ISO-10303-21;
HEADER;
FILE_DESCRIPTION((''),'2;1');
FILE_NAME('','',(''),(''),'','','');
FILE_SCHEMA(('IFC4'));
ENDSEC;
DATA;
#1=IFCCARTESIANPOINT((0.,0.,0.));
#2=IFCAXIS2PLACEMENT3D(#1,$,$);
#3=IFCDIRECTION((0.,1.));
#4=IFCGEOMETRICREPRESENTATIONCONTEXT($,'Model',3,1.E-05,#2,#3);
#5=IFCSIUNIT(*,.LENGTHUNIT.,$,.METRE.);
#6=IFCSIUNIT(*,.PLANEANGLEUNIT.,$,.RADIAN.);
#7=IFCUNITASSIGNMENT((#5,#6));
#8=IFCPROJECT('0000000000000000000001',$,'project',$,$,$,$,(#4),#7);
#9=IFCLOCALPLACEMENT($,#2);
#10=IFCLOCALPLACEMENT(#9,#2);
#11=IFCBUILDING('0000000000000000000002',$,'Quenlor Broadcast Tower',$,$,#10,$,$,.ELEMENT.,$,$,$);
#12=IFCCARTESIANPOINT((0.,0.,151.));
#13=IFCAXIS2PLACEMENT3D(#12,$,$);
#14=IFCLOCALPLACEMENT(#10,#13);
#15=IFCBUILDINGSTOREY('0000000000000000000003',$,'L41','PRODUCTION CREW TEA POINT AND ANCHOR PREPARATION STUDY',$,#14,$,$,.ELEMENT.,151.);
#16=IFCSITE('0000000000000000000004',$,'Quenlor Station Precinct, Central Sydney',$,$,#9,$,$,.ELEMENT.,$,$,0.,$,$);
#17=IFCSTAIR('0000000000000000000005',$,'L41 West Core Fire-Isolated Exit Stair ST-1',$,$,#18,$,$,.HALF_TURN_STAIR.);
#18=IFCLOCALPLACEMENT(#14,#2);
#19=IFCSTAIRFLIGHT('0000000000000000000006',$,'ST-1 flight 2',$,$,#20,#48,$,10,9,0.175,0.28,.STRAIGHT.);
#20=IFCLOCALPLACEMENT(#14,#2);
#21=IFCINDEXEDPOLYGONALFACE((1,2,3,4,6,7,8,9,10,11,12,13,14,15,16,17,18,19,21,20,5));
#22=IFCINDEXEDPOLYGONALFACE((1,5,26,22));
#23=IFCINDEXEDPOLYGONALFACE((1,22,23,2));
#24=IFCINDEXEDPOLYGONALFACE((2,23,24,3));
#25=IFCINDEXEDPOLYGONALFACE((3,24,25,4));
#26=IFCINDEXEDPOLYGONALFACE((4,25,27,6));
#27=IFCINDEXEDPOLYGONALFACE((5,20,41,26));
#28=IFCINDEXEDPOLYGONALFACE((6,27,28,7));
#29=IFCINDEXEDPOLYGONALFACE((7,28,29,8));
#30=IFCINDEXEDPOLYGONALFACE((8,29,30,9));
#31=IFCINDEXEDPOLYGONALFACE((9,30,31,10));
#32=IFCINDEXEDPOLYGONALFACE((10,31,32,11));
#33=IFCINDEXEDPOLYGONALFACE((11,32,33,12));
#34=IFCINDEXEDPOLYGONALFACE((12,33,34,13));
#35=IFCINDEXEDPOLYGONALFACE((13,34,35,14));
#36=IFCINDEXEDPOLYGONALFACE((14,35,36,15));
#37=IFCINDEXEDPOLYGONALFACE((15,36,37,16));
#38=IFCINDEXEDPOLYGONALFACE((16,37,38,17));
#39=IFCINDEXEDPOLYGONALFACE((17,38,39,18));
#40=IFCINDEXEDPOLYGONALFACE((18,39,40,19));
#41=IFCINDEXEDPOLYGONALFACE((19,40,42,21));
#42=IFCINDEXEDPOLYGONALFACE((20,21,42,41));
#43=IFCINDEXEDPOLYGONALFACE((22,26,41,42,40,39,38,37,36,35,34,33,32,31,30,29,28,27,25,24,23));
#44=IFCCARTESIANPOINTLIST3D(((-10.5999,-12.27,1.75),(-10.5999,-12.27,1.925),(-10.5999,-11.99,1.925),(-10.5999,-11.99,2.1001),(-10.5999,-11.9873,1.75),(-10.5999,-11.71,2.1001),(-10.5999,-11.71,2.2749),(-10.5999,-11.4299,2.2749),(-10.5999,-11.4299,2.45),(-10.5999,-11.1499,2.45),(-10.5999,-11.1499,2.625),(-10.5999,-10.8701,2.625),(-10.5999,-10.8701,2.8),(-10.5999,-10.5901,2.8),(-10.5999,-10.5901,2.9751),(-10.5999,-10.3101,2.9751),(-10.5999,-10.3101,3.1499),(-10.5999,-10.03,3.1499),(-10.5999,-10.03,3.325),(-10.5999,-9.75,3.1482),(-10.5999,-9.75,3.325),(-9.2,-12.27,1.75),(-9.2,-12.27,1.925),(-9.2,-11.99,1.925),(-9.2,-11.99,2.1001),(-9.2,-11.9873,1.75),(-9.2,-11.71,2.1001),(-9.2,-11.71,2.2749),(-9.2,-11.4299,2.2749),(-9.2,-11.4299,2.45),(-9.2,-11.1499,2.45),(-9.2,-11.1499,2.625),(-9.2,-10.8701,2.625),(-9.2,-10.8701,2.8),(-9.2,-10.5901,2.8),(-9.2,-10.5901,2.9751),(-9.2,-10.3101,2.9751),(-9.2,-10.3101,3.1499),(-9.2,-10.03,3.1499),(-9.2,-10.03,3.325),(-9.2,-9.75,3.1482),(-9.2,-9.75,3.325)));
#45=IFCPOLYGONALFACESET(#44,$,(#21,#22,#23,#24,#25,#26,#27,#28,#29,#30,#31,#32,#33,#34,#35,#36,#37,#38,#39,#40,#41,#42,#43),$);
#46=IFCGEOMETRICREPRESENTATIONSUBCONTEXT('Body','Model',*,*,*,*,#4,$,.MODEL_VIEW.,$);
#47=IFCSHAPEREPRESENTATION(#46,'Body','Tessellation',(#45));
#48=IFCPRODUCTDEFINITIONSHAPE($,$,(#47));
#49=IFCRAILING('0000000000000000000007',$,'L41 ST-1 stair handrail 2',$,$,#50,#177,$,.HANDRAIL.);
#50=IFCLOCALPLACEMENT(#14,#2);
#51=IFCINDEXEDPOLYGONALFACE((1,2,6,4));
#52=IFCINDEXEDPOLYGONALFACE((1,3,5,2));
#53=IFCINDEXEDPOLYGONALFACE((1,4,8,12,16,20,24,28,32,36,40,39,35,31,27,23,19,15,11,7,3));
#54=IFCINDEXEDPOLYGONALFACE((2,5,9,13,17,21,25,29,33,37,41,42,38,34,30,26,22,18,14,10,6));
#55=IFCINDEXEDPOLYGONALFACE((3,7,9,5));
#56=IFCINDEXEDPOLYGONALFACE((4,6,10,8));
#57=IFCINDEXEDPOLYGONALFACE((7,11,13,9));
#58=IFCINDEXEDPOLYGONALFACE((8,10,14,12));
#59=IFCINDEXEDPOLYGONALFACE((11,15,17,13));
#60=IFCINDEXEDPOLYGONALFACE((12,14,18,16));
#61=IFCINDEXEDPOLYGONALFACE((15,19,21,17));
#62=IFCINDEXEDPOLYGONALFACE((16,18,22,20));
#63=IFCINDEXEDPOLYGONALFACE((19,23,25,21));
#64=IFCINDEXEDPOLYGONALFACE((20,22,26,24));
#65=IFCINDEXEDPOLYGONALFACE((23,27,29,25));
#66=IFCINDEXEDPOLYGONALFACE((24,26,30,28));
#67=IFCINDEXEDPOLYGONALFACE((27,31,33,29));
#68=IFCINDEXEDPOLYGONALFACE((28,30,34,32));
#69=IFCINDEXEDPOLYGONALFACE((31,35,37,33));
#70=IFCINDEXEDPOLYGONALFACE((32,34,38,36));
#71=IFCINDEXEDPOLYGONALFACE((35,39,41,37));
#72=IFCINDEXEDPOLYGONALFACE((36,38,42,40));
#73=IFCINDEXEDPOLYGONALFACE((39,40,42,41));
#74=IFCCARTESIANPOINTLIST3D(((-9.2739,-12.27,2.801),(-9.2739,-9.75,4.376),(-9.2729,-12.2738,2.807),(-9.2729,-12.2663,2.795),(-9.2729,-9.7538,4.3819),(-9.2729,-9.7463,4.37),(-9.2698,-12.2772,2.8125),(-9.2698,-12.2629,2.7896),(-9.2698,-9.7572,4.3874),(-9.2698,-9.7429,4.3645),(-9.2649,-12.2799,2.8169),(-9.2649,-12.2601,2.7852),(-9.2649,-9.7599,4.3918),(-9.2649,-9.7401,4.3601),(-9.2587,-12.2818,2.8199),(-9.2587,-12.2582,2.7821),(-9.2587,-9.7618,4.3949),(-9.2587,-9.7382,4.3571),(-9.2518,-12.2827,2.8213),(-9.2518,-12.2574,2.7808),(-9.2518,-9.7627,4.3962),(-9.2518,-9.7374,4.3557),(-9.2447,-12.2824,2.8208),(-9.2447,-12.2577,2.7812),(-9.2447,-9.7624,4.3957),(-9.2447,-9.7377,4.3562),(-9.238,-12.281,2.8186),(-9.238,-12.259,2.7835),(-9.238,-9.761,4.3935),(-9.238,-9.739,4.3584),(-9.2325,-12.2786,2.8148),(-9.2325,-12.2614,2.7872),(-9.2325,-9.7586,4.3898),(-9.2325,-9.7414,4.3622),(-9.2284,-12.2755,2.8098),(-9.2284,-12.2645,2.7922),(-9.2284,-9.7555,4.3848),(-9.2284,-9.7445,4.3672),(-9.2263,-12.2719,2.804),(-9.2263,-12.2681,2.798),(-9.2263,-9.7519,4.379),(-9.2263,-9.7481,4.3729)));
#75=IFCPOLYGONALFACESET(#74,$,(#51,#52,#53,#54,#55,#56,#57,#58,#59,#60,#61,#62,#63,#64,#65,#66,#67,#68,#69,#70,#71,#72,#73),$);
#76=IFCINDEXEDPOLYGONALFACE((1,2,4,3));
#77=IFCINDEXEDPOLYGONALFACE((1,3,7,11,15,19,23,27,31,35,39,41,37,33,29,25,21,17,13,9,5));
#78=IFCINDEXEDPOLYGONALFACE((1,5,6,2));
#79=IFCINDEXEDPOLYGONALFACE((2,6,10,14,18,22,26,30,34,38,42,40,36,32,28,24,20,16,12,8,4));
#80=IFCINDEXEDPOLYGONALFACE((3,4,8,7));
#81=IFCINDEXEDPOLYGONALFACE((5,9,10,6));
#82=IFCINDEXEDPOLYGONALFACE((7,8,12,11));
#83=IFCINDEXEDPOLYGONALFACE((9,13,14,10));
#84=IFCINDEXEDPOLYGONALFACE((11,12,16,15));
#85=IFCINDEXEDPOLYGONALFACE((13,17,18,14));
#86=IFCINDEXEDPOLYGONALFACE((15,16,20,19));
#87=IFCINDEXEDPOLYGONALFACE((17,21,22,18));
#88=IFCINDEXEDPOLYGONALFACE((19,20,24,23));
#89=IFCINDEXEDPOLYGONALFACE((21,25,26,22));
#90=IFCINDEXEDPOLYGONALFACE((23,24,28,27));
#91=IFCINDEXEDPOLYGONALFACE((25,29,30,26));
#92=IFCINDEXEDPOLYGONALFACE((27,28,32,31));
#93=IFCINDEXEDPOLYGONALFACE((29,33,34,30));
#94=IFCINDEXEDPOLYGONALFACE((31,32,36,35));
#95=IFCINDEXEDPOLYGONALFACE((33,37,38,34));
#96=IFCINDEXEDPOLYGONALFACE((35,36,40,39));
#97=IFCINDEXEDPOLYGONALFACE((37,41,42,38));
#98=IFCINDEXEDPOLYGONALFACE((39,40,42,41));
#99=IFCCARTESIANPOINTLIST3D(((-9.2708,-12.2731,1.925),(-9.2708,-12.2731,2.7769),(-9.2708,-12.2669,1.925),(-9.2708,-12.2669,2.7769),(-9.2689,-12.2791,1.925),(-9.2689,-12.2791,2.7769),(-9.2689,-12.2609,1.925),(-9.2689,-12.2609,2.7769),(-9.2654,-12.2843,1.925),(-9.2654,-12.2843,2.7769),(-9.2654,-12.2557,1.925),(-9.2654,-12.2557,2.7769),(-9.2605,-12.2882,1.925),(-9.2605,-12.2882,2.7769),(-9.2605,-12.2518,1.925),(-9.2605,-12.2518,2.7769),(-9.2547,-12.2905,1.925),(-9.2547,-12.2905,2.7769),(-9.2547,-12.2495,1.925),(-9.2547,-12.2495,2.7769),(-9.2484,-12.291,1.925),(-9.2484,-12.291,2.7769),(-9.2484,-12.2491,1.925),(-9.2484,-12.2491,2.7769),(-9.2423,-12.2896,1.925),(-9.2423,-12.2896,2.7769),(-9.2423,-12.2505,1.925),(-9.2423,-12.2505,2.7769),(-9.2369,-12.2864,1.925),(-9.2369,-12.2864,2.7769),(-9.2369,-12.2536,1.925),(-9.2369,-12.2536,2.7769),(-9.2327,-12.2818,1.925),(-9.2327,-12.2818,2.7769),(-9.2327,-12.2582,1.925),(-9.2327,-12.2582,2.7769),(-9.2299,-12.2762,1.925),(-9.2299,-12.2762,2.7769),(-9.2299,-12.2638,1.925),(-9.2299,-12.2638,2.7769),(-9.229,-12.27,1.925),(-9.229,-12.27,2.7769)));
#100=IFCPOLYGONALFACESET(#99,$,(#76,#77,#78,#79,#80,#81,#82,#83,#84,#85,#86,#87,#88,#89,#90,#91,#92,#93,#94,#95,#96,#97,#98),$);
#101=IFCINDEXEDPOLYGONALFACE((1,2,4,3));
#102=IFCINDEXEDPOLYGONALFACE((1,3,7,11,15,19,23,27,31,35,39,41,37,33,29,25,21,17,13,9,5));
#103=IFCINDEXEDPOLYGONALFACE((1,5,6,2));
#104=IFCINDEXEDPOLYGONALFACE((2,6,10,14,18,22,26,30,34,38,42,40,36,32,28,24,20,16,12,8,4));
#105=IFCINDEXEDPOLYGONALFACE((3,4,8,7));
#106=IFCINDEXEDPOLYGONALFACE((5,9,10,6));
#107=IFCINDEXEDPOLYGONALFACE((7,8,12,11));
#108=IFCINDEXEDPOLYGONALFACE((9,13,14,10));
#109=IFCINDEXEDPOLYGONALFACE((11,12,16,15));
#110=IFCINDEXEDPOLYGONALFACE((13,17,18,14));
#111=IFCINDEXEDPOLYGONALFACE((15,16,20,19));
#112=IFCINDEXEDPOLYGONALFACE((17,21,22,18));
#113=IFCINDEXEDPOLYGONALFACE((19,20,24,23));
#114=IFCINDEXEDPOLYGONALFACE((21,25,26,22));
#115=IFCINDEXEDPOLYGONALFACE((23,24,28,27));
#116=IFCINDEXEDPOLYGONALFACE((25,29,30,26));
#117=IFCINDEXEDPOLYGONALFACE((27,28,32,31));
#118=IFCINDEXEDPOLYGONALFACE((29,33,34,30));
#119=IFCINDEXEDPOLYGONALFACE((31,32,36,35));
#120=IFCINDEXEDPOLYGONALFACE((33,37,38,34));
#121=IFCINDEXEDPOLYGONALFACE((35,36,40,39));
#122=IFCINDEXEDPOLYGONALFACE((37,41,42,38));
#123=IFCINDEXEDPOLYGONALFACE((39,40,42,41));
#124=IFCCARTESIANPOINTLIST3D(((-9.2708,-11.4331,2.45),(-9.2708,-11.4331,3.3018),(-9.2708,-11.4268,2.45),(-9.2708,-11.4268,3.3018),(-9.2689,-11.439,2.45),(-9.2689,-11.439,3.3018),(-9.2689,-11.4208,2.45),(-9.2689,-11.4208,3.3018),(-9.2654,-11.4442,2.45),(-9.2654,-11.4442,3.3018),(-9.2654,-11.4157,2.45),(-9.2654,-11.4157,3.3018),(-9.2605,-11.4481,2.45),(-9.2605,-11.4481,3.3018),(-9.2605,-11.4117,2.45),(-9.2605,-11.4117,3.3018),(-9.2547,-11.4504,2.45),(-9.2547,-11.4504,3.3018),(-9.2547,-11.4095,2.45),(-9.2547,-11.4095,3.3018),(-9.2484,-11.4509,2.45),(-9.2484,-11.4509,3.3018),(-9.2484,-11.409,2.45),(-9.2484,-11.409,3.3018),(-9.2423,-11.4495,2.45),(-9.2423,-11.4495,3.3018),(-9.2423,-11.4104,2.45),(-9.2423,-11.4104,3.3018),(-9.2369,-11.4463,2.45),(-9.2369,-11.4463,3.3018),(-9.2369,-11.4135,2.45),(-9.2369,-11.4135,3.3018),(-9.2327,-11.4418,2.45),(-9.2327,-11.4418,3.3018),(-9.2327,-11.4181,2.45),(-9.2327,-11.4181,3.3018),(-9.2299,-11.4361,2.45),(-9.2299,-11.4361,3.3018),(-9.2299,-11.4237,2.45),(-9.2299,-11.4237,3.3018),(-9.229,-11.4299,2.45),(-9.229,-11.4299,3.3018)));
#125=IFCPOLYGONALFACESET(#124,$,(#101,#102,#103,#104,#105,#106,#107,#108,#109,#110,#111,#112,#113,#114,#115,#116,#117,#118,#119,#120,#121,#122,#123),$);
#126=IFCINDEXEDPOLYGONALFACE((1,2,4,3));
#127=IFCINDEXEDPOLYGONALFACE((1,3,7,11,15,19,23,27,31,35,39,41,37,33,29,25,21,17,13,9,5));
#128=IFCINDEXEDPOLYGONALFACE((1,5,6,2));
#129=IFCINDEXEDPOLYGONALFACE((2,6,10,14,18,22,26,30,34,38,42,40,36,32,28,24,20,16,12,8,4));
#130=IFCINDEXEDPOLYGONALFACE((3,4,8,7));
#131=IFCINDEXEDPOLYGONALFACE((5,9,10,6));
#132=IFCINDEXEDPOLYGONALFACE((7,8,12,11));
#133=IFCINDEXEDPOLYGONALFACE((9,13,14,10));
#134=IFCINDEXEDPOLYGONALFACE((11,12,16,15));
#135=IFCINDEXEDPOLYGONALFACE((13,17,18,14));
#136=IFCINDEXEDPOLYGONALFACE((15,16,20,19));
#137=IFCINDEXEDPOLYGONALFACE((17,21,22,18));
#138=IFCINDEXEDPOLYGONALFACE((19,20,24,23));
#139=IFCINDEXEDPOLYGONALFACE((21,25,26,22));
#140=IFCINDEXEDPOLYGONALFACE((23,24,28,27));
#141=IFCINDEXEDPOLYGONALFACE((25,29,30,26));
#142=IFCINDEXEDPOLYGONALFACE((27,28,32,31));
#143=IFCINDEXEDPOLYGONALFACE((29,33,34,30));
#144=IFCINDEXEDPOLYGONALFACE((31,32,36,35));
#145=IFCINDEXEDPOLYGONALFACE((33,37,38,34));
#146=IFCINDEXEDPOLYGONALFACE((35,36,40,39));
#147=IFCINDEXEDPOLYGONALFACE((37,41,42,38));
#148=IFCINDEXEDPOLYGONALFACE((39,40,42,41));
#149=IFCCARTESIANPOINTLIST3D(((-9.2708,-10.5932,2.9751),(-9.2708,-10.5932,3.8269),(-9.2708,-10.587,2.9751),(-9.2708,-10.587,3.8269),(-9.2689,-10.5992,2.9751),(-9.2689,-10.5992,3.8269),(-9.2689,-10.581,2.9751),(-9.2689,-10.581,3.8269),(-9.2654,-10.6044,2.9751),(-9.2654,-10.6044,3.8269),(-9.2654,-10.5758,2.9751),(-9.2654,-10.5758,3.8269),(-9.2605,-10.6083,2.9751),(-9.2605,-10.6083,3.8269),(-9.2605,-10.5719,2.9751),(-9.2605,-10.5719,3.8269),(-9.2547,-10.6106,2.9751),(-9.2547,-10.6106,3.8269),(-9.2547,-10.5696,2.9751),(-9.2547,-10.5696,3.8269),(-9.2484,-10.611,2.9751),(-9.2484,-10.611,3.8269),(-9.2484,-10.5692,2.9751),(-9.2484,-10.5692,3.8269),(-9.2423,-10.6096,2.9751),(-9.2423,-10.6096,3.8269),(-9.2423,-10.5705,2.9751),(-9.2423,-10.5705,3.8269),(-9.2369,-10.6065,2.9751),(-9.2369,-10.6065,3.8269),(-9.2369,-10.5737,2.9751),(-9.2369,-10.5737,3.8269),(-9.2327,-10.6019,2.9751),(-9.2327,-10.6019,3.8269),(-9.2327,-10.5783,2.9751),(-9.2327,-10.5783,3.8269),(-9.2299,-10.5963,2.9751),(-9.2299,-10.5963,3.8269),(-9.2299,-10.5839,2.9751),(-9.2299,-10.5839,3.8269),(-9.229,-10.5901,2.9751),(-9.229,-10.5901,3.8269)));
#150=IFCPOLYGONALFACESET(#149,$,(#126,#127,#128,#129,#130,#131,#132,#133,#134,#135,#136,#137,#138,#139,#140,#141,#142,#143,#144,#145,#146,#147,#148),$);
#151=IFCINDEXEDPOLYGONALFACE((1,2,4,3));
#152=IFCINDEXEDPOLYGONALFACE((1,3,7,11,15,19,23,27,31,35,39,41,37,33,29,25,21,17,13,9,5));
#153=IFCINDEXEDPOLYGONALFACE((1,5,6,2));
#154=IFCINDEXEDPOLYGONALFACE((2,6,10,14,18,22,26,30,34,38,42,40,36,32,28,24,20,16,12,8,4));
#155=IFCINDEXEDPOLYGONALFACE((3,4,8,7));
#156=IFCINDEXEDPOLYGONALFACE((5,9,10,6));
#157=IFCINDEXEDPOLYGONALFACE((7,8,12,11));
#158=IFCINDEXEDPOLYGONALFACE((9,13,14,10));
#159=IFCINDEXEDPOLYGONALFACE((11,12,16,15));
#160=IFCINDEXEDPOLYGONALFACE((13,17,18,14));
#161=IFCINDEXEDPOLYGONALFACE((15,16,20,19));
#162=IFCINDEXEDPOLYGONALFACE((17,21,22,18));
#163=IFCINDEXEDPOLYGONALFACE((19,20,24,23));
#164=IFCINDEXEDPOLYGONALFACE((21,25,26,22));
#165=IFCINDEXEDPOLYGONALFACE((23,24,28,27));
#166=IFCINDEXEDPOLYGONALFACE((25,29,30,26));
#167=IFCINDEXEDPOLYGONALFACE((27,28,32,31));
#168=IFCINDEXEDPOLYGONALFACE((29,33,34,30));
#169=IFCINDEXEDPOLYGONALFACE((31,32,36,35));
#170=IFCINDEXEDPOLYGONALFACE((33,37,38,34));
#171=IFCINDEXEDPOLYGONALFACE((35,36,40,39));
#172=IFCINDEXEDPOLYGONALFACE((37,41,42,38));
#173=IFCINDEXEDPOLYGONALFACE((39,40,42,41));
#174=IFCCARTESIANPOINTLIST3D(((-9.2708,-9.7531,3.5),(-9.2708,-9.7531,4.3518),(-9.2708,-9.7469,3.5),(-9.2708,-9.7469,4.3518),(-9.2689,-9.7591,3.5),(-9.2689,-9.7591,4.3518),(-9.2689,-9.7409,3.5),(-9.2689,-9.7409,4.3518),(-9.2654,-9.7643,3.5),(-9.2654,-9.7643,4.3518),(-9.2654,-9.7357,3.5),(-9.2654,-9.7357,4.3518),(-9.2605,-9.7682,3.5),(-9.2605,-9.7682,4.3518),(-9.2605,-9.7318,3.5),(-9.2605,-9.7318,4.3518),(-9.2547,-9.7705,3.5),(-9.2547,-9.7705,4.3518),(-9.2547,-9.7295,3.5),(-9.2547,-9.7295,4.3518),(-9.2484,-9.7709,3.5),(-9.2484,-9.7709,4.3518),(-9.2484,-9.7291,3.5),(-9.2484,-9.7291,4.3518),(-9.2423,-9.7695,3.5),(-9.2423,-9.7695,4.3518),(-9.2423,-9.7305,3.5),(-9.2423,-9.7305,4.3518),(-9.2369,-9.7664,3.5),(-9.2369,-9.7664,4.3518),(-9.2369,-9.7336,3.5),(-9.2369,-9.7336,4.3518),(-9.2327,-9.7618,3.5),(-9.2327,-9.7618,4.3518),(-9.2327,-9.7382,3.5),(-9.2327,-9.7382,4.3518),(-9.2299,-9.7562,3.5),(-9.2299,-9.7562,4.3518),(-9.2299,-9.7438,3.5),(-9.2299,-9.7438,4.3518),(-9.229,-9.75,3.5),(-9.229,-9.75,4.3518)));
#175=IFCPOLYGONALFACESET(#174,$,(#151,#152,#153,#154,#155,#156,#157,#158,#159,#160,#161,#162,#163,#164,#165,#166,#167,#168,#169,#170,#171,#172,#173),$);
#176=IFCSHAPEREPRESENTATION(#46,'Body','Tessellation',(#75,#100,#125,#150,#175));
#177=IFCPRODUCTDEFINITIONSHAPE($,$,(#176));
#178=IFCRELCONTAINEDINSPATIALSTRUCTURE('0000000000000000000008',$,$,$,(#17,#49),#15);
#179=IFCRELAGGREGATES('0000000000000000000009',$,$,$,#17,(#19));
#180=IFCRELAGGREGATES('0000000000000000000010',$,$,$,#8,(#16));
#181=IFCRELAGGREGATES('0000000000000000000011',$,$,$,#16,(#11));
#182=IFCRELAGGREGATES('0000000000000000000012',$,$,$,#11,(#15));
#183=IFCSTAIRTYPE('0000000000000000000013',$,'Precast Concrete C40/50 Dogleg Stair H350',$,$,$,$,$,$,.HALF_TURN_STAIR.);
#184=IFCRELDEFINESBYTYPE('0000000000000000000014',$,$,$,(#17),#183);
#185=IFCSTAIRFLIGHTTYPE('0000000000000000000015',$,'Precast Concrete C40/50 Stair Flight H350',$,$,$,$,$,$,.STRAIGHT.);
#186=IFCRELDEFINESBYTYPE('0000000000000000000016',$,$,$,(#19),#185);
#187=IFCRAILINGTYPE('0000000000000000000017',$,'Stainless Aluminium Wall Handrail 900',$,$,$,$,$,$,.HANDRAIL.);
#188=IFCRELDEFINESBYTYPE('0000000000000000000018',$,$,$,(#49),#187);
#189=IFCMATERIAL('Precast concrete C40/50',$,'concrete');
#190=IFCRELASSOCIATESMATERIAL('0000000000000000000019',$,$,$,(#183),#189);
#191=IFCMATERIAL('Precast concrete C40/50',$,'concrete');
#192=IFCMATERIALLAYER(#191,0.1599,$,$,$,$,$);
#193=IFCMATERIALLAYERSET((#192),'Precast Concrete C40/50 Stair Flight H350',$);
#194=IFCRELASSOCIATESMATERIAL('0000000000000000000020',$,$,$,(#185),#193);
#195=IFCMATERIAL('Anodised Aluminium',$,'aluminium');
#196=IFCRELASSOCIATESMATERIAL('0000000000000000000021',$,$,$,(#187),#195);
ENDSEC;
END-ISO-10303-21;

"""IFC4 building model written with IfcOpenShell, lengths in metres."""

from ifc_helpers import new_model, si_unit, direction, frame, origin, origin_2d, place, context, subcontext, project, spatial, polyline, circle, outline, extrude, material, layer, layer_set, type_object, element, aggregate, save


model = new_model("IFC4")

# Units and contexts
model_context = context("Model", 3, precision=1e-05, world=origin(), true_north=direction((0.0, 1.0)))
body_context = subcontext(model_context, "Body", "Model", "MODEL_VIEW")
ifc_project = project(units=[si_unit("LENGTHUNIT", "METRE"), si_unit("PLANEANGLEUNIT", "RADIAN")], contexts=[model_context])

# Site, building, storey
site_placement = place(None, origin())
site = spatial("IfcSite", under=ifc_project, at=site_placement, Name="Quenlor Station Precinct, Central Sydney", CompositionType="ELEMENT", RefElevation=0.0)
building_placement = place(site_placement, origin())
building = spatial("IfcBuilding", under=site, at=building_placement, Name="Quenlor Broadcast Tower", CompositionType="ELEMENT")
storey_placement = place(building_placement, frame((0.0, 0.0, 151.0)))
storey = spatial("IfcBuildingStorey", under=building, at=storey_placement, Name="L41", Description="PRODUCTION CREW TEA POINT AND ANCHOR PREPARATION STUDY", CompositionType="ELEMENT", Elevation=151.0)

# Stair, stair flight
ifc_material_1 = material(Name="Precast concrete C40/50", Category="concrete")
stair_type = type_object("IfcStairType", Name="Precast Concrete C40/50 Dogleg Stair H350", PredefinedType="HALF_TURN_STAIR", material=ifc_material_1)
stair_placement = place(storey_placement, origin())
stair = element("IfcStair", 1, at=stair_placement, inside=storey, type_object=stair_type, Name="L41 West Core Fire-Isolated Exit Stair ST-1", PredefinedType="HALF_TURN_STAIR")
ifc_material_2 = material(Name="Precast concrete C40/50", Category="concrete")
ifc_layer_1 = layer(ifc_material_2, 0.1599)
ifc_layer_set_1 = layer_set([ifc_layer_1], Name="Precast Concrete C40/50 Stair Flight H350")
stair_flight_type = type_object("IfcStairFlightType", Name="Precast Concrete C40/50 Stair Flight H350", PredefinedType="STRAIGHT", material=ifc_layer_set_1)
stair_flight_placement = place(storey_placement, frame((-9.8999, -12.27, 1.75), z_axis=(0.0, 0.0, 1.0), x_axis=(0.0, 1.0, 0.0)))
stair_flight = element("IfcStairFlight", 2, at=stair_flight_placement, type_object=stair_flight_type, Name="ST-1 flight 2", NumberOfRisers=10, NumberOfTreads=9, PredefinedType="STRAIGHT", RiserHeight=0.175, TreadLength=0.28, context=body_context, shape_type="SweptSolid", body=[
    extrude(outline(polyline([(0.0, 0.0), (0.0, 0.175), (0.28, 0.175), (0.28, 0.3501), (0.5601, 0.3501), (0.5601, 0.5249), (0.8401, 0.5249), (0.8401, 0.7), (1.1201, 0.7), (1.1201, 0.875), (1.3999, 0.875), (1.3999, 1.05), (1.6799, 1.05), (1.6799, 1.2251), (1.96, 1.2251), (1.96, 1.3999), (2.24, 1.3999), (2.24, 1.575), (2.52, 1.575), (2.52, 1.75), (2.52, 1.3982), (0.2827, 0.0), (0.0, 0.0)])), frame((0.0, 0.7, 0.0), z_axis=(0.0, -1.0, 0.0), x_axis=(1.0, 0.0, 0.0)), (0.0, 0.0, 1.0), 1.3999),
])
aggregate(stair, [stair_flight])

# Railing
ifc_material_3 = material(Name="Anodised Aluminium", Category="aluminium")
railing_type_1 = type_object("IfcRailingType", Name="Stainless Aluminium Wall Handrail 900", PredefinedType="HANDRAIL", material=ifc_material_3)
railing_1_placement = place(storey_placement, frame((-9.25, -12.27, 1.925)))
element("IfcRailing", 3, at=railing_1_placement, inside=storey, type_object=railing_type_1, Name="L41 ST-1 stair handrail 2", PredefinedType="HANDRAIL", context=body_context, shape_type="SweptSolid", body=[
    extrude(circle(Radius=0.0239, at=origin_2d()), frame((0.0, 0.0, 0.876), z_axis=(0.0, 0.848008, 0.529984), x_axis=(-1.0, 0.0, 0.0)), (0.0, 0.0, 1.0), 2.9717),
    extrude(circle(Radius=0.021, at=origin_2d()), origin(), (0.0, 0.0, 1.0), 0.8518),
    extrude(circle(Radius=0.021, at=origin_2d()), frame((0.0, 0.8401, 0.5249)), (0.0, 0.0, 1.0), 0.8518),
    extrude(circle(Radius=0.021, at=origin_2d()), frame((0.0, 1.6799, 1.05)), (0.0, 0.0, 1.0), 0.8518),
    extrude(circle(Radius=0.021, at=origin_2d()), frame((0.0, 2.52, 1.575)), (0.0, 0.0, 1.0), 0.8518),
])

save(model, "model.ifc")
